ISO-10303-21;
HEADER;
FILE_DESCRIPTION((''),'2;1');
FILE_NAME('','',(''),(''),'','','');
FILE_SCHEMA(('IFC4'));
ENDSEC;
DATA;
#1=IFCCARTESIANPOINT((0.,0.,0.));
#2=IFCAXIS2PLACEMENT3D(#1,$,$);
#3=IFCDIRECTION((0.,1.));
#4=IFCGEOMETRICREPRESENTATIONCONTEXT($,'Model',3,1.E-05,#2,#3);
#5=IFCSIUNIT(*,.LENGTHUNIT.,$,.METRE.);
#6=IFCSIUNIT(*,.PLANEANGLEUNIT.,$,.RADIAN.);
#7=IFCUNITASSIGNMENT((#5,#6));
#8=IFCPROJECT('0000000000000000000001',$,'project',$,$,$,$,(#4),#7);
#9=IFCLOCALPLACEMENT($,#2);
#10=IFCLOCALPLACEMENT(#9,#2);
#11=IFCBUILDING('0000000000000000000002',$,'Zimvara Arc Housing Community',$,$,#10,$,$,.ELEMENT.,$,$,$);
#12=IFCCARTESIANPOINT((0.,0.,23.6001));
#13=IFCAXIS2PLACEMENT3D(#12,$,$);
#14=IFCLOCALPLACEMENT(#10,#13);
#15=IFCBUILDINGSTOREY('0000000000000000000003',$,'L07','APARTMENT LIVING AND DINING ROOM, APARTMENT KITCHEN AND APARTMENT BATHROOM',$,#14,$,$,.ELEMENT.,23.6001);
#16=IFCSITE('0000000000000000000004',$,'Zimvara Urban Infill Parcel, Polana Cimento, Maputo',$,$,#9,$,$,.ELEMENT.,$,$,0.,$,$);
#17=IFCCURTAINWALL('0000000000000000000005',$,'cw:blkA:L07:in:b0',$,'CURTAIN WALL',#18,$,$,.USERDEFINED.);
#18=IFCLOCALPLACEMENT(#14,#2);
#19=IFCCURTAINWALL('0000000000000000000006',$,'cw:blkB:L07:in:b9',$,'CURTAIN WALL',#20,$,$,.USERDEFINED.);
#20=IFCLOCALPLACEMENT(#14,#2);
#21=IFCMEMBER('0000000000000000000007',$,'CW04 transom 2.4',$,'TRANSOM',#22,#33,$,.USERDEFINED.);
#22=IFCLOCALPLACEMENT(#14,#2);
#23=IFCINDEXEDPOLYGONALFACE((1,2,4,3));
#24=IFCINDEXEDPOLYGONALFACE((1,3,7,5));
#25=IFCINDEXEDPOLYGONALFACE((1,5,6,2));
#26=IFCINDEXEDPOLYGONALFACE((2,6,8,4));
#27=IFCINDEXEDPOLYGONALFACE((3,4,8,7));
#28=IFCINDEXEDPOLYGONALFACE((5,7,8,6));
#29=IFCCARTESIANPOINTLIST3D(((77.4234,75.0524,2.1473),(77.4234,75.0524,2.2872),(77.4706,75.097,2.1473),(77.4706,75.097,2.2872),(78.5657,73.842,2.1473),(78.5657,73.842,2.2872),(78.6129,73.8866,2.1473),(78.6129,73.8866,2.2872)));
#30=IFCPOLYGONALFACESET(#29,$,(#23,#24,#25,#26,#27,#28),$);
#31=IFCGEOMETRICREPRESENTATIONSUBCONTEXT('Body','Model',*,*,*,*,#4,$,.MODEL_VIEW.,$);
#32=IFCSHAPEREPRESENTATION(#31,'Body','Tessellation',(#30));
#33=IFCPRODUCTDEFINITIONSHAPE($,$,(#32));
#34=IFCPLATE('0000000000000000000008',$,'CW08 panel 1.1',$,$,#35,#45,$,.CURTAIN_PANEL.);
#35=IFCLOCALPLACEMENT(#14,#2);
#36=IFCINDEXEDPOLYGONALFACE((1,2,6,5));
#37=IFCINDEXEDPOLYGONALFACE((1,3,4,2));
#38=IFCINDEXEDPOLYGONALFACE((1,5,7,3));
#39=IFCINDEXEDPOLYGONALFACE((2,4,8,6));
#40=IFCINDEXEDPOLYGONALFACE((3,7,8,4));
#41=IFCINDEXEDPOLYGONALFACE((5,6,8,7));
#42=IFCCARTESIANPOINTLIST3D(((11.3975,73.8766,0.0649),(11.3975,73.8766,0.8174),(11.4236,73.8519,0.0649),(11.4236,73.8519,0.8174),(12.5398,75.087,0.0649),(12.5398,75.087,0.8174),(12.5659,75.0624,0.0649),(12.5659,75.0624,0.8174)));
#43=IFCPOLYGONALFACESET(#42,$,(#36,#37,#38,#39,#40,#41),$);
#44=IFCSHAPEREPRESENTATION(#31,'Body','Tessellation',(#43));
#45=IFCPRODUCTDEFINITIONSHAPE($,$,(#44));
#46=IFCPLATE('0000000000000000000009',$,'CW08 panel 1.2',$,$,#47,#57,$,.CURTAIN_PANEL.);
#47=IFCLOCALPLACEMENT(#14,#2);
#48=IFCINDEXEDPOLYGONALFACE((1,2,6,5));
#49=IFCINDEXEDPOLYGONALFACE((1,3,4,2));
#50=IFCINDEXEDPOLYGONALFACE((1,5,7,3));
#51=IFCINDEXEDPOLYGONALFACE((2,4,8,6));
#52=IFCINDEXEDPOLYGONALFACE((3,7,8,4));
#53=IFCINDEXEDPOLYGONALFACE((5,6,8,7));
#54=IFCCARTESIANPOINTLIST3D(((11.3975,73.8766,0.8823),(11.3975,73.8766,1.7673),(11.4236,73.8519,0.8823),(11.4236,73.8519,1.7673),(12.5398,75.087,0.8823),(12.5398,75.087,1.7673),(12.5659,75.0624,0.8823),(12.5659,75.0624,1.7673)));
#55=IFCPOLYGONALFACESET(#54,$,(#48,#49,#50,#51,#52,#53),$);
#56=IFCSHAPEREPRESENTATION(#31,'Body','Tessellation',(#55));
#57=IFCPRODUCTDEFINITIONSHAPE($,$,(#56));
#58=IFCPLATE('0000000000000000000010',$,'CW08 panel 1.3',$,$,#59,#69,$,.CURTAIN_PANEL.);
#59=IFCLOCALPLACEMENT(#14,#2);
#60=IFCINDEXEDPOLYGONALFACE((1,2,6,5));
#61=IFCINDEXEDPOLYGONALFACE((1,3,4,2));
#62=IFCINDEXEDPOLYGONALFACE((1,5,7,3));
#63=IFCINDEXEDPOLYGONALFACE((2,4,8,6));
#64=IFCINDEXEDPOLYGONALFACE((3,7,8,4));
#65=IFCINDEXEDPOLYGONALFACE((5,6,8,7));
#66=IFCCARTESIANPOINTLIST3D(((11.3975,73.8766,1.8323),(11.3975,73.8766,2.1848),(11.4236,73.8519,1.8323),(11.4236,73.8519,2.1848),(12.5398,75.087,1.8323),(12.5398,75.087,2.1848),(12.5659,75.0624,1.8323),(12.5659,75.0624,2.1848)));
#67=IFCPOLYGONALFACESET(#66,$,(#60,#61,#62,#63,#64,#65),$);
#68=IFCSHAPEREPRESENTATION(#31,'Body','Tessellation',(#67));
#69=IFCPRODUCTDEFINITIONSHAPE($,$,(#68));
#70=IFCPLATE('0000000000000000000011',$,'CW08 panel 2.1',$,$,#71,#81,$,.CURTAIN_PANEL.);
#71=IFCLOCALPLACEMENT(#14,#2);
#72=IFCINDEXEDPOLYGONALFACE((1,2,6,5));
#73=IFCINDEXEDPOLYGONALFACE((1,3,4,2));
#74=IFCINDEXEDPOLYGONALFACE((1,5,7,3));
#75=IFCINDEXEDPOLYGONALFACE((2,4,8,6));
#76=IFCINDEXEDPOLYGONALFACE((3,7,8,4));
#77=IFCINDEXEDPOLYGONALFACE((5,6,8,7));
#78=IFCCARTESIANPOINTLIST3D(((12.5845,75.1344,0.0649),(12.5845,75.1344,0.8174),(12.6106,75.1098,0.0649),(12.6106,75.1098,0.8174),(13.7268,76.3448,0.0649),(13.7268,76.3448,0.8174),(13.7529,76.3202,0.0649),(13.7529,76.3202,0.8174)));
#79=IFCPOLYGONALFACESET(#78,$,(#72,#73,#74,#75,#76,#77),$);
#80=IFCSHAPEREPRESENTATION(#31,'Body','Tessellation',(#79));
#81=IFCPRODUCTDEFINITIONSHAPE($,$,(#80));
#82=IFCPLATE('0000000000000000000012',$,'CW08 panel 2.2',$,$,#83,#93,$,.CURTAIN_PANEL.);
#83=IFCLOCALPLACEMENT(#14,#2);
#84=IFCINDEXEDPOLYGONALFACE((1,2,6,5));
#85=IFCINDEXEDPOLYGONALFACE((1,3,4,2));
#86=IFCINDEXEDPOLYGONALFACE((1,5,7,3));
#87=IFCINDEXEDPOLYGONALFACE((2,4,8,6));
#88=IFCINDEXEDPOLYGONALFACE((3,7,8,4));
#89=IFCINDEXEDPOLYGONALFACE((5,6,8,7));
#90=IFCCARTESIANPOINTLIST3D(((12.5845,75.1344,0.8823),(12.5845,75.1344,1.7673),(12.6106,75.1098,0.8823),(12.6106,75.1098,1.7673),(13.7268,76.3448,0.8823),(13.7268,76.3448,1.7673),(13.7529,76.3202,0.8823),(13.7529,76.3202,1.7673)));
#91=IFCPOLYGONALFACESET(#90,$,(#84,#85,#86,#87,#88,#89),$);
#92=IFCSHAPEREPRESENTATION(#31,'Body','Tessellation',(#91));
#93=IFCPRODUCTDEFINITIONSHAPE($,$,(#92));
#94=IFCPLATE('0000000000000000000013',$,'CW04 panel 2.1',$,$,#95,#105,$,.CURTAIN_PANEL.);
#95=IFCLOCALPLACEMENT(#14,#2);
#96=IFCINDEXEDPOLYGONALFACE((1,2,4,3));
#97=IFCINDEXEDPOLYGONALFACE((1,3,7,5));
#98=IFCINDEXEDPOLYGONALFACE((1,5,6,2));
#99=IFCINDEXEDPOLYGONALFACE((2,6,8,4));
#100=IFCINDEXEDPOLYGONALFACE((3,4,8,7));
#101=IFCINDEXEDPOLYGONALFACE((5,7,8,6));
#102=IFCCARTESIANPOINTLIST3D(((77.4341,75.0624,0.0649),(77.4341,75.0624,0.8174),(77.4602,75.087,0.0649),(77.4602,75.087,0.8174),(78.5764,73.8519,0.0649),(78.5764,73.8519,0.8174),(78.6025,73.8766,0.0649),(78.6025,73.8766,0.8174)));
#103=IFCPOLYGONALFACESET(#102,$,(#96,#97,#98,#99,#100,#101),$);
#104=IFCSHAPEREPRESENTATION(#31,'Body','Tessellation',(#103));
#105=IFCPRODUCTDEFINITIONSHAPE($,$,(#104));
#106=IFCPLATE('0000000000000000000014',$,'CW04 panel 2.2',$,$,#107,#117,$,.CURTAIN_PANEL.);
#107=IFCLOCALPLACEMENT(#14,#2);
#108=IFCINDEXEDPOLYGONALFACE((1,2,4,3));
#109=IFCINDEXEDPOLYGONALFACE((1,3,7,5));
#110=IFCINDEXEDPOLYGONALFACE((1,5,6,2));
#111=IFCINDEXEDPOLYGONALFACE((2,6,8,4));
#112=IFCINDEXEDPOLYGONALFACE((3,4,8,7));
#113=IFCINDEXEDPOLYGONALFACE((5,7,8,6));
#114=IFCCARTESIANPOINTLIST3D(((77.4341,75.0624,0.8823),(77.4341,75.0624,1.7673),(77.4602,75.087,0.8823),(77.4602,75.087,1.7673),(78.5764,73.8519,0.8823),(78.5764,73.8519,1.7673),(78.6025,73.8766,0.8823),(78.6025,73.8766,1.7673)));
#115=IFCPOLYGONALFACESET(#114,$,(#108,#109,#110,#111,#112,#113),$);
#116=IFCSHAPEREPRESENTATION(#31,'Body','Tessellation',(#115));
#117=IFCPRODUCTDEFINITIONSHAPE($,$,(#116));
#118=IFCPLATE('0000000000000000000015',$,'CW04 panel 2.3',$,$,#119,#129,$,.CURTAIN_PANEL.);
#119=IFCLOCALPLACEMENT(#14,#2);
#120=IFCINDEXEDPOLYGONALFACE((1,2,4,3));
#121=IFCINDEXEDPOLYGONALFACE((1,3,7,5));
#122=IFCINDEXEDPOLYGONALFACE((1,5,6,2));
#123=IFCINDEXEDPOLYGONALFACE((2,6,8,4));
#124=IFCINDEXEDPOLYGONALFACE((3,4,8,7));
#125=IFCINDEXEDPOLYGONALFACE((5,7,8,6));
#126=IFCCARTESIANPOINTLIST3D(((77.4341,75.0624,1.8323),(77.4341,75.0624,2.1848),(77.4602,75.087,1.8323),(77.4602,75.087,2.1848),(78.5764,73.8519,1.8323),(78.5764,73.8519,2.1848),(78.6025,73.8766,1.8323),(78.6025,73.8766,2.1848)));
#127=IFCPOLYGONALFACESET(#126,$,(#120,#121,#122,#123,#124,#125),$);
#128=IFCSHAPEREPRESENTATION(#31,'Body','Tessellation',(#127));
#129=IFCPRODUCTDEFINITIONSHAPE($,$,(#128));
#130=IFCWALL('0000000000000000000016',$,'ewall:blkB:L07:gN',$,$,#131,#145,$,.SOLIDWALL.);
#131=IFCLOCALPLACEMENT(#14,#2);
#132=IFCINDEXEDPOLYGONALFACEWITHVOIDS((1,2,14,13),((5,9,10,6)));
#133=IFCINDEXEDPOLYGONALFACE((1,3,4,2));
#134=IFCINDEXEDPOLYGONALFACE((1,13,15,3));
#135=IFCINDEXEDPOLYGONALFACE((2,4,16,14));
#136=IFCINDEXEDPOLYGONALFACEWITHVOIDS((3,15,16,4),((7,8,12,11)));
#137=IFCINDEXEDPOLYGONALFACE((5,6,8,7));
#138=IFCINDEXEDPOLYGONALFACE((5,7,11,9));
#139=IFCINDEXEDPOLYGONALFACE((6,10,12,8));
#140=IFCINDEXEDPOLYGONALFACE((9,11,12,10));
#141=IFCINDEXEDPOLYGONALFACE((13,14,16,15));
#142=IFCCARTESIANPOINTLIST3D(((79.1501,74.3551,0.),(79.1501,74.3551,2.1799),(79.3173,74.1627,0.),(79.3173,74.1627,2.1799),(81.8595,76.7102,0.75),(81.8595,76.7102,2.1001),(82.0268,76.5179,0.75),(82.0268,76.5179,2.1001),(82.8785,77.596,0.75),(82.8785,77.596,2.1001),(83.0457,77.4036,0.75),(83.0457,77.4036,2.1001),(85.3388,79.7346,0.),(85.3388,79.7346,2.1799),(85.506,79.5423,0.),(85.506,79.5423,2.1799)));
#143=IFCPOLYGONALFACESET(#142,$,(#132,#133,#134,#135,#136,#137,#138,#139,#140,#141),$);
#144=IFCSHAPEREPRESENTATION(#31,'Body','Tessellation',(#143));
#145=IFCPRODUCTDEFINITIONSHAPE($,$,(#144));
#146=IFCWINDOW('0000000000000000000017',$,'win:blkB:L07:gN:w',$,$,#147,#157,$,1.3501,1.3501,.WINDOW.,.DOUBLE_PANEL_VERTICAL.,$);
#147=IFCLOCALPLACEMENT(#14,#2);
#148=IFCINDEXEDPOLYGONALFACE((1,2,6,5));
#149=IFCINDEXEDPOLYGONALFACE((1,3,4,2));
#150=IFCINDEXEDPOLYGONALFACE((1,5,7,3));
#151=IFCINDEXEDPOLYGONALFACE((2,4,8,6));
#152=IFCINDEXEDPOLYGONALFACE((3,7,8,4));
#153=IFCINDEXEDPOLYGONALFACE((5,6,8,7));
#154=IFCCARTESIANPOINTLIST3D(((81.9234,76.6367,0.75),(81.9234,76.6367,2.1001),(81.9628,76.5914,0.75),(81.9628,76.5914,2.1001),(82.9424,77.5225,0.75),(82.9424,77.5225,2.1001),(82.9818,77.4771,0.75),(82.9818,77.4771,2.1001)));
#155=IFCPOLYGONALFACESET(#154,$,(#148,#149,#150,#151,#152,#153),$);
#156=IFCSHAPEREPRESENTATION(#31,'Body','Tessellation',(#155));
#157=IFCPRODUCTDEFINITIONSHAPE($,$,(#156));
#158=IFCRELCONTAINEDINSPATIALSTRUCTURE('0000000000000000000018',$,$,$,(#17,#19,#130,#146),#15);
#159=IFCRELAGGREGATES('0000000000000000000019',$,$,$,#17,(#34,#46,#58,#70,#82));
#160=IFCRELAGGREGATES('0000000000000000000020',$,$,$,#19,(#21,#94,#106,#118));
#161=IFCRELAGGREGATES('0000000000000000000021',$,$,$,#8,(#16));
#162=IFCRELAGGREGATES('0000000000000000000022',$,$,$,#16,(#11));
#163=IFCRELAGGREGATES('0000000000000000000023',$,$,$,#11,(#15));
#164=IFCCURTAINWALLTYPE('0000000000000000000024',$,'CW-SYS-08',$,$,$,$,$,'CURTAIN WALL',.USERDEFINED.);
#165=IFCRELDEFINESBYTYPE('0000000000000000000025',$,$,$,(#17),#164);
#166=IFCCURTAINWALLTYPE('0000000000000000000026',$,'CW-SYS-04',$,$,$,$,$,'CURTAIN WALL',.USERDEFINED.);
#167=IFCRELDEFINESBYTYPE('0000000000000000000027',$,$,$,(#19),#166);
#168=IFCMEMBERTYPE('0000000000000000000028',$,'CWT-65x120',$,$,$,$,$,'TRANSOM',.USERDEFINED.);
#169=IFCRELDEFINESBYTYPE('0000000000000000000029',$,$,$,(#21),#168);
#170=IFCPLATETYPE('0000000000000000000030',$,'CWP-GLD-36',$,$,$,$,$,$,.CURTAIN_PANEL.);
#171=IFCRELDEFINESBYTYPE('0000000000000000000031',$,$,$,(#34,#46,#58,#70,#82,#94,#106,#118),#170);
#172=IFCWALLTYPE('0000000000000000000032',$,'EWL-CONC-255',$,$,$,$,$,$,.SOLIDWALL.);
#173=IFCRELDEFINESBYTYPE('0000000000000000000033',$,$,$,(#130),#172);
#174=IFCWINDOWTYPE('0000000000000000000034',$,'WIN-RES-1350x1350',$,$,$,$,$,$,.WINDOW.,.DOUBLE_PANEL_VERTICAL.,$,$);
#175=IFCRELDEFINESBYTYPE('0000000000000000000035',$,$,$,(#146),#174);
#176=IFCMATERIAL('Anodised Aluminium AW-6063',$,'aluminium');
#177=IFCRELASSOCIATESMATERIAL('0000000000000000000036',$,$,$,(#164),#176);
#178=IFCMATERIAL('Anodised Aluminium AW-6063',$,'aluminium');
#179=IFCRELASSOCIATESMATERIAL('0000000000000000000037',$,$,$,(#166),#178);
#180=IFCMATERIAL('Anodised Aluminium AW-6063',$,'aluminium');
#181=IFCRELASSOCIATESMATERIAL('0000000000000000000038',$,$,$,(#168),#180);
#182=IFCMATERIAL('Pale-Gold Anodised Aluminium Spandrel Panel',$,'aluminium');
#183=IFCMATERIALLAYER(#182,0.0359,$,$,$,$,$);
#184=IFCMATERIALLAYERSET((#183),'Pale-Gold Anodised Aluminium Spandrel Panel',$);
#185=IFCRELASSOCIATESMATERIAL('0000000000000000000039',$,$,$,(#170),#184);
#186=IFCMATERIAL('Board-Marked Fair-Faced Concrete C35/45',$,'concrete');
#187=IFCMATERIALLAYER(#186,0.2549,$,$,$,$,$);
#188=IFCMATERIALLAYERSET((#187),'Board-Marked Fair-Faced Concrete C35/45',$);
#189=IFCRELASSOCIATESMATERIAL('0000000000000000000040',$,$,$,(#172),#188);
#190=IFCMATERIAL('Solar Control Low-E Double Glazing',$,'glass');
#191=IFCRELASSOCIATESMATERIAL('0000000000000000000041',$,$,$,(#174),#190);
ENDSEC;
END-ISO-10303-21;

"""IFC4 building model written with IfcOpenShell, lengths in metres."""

from ifc_helpers import new_model, si_unit, direction, frame, frame_2d, origin, origin_2d, place, context, subcontext, project, spatial, rectangle, extrude, material, layer, layer_set, material_profile, profile_set, type_object, element, fill, aggregate, save


model = new_model("IFC4")

# Units and contexts
model_context = context("Model", 3, precision=1e-05, world=origin(), true_north=direction((0.0, 1.0)))
body_context = subcontext(model_context, "Body", "Model", "MODEL_VIEW")
ifc_project = project(units=[si_unit("LENGTHUNIT", "METRE"), si_unit("PLANEANGLEUNIT", "RADIAN")], contexts=[model_context])

# Site, building, storey
site_placement = place(None, origin())
site = spatial("IfcSite", under=ifc_project, at=site_placement, Name="Zimvara Urban Infill Parcel, Polana Cimento, Maputo", CompositionType="ELEMENT", RefElevation=0.0)
building_placement = place(site_placement, origin())
building = spatial("IfcBuilding", under=site, at=building_placement, Name="Zimvara Arc Housing Community", CompositionType="ELEMENT")
storey_placement = place(building_placement, frame((0.0, 0.0, 23.6001)))
storey = spatial("IfcBuildingStorey", under=building, at=storey_placement, Name="L07", Description="APARTMENT LIVING AND DINING ROOM, APARTMENT KITCHEN AND APARTMENT BATHROOM", CompositionType="ELEMENT", Elevation=23.6001)

# Curtain wall
ifc_material_1 = material(Name="Anodised Aluminium AW-6063", Category="aluminium")
curtain_wall_type_1 = type_object("IfcCurtainWallType", Name="CW-SYS-08", ElementType="CURTAIN WALL", PredefinedType="USERDEFINED", material=ifc_material_1)
curtain_wall_1_placement = place(storey_placement, origin())
curtain_wall_1 = element("IfcCurtainWall", 1, at=curtain_wall_1_placement, inside=storey, type_object=curtain_wall_type_1, Name="cw:blkA:L07:in:b0", ObjectType="CURTAIN WALL", PredefinedType="USERDEFINED")

# Curtain wall
ifc_material_2 = material(Name="Anodised Aluminium AW-6063", Category="aluminium")
curtain_wall_type_2 = type_object("IfcCurtainWallType", Name="CW-SYS-04", ElementType="CURTAIN WALL", PredefinedType="USERDEFINED", material=ifc_material_2)
curtain_wall_2_placement = place(storey_placement, origin())
curtain_wall_2 = element("IfcCurtainWall", 2, at=curtain_wall_2_placement, inside=storey, type_object=curtain_wall_type_2, Name="cw:blkB:L07:in:b9", ObjectType="CURTAIN WALL", PredefinedType="USERDEFINED")

# Member
ifc_material_3 = material(Name="Anodised Aluminium AW-6063", Category="aluminium")
ifc_material_profile_1 = material_profile(ifc_material_3, rectangle(XDim=0.0649, YDim=0.1399, at=origin_2d()), Name="ALU 65x140")
ifc_profile_set_1 = profile_set([ifc_material_profile_1], Name="Anodised Aluminium AW-6063")
member_type_1 = type_object("IfcMemberType", Name="CWT-65x120", ElementType="TRANSOM", PredefinedType="USERDEFINED", material=ifc_profile_set_1)
member_1_placement = place(storey_placement, frame((77.447, 75.0747, 2.2173), z_axis=(0.686348, -0.727273, 0.0), x_axis=(0.727273, 0.686348, 0.0)))
member_1 = element("IfcMember", 3, at=member_1_placement, type_object=member_type_1, Name="CW04 transom 2.4", ObjectType="TRANSOM", PredefinedType="USERDEFINED", context=body_context, shape_type="SweptSolid", body=[
    extrude(rectangle(XDim=0.0649, YDim=0.1399, at=origin_2d()), origin(), (0.0, 0.0, 1.0), 1.6643),
])

# Plates
ifc_material_4 = material(Name="Pale-Gold Anodised Aluminium Spandrel Panel", Category="aluminium")
ifc_layer_1 = layer(ifc_material_4, 0.0359)
ifc_layer_set_1 = layer_set([ifc_layer_1], Name="Pale-Gold Anodised Aluminium Spandrel Panel")
plate_type = type_object("IfcPlateType", Name="CWP-GLD-36", PredefinedType="CURTAIN_PANEL", material=ifc_layer_set_1)
plate_1_placement = place(storey_placement, frame((11.9817, 74.4695, 0.0649), z_axis=(0.0, 0.0, 1.0), x_axis=(0.686327, 0.727293, 0.0)))
plate_1 = element("IfcPlate", 4, at=plate_1_placement, type_object=plate_type, Name="CW08 panel 1.1", PredefinedType="CURTAIN_PANEL", context=body_context, shape_type="SweptSolid", body=[
    extrude(rectangle(XDim=1.6643, YDim=0.0359, at=origin_2d()), origin(), (0.0, 0.0, 1.0), 0.7524),
])
plate_2_placement = place(storey_placement, frame((11.9817, 74.4695, 0.8823), z_axis=(0.0, 0.0, 1.0), x_axis=(0.686327, 0.727293, 0.0)))
plate_2 = element("IfcPlate", 5, at=plate_2_placement, type_object=plate_type, Name="CW08 panel 1.2", PredefinedType="CURTAIN_PANEL", context=body_context, shape_type="SweptSolid", body=[
    extrude(rectangle(XDim=1.6643, YDim=0.0359, at=origin_2d()), origin(), (0.0, 0.0, 1.0), 0.885),
])
plate_3_placement = place(storey_placement, frame((11.9817, 74.4695, 1.8323), z_axis=(0.0, 0.0, 1.0), x_axis=(0.686327, 0.727293, 0.0)))
plate_3 = element("IfcPlate", 6, at=plate_3_placement, type_object=plate_type, Name="CW08 panel 1.3", PredefinedType="CURTAIN_PANEL", context=body_context, shape_type="SweptSolid", body=[
    extrude(rectangle(XDim=1.6643, YDim=0.0359, at=origin_2d()), origin(), (0.0, 0.0, 1.0), 0.3525),
])
plate_4_placement = place(storey_placement, frame((13.1687, 75.7273, 0.0649), z_axis=(0.0, 0.0, 1.0), x_axis=(0.686327, 0.727293, 0.0)))
plate_4 = element("IfcPlate", 7, at=plate_4_placement, type_object=plate_type, Name="CW08 panel 2.1", PredefinedType="CURTAIN_PANEL", context=body_context, shape_type="SweptSolid", body=[
    extrude(rectangle(XDim=1.6643, YDim=0.0359, at=origin_2d()), origin(), (0.0, 0.0, 1.0), 0.7524),
])
plate_5_placement = place(storey_placement, frame((13.1687, 75.7273, 0.8823), z_axis=(0.0, 0.0, 1.0), x_axis=(0.686327, 0.727293, 0.0)))
plate_5 = element("IfcPlate", 8, at=plate_5_placement, type_object=plate_type, Name="CW08 panel 2.2", PredefinedType="CURTAIN_PANEL", context=body_context, shape_type="SweptSolid", body=[
    extrude(rectangle(XDim=1.6643, YDim=0.0359, at=origin_2d()), origin(), (0.0, 0.0, 1.0), 0.885),
])
aggregate(curtain_wall_1, [plate_1, plate_2, plate_3, plate_4, plate_5])
plate_6_placement = place(storey_placement, frame((78.0183, 74.4695, 0.0649), z_axis=(0.0, 0.0, 1.0), x_axis=(0.686327, -0.727293, 0.0)))
plate_6 = element("IfcPlate", 9, at=plate_6_placement, type_object=plate_type, Name="CW04 panel 2.1", PredefinedType="CURTAIN_PANEL", context=body_context, shape_type="SweptSolid", body=[
    extrude(rectangle(XDim=1.6643, YDim=0.0359, at=origin_2d()), origin(), (0.0, 0.0, 1.0), 0.7524),
])
plate_7_placement = place(storey_placement, frame((78.0183, 74.4695, 0.8823), z_axis=(0.0, 0.0, 1.0), x_axis=(0.686327, -0.727293, 0.0)))
plate_7 = element("IfcPlate", 10, at=plate_7_placement, type_object=plate_type, Name="CW04 panel 2.2", PredefinedType="CURTAIN_PANEL", context=body_context, shape_type="SweptSolid", body=[
    extrude(rectangle(XDim=1.6643, YDim=0.0359, at=origin_2d()), origin(), (0.0, 0.0, 1.0), 0.885),
])
plate_8_placement = place(storey_placement, frame((78.0183, 74.4695, 1.8323), z_axis=(0.0, 0.0, 1.0), x_axis=(0.686327, -0.727293, 0.0)))
plate_8 = element("IfcPlate", 11, at=plate_8_placement, type_object=plate_type, Name="CW04 panel 2.3", PredefinedType="CURTAIN_PANEL", context=body_context, shape_type="SweptSolid", body=[
    extrude(rectangle(XDim=1.6643, YDim=0.0359, at=origin_2d()), origin(), (0.0, 0.0, 1.0), 0.3525),
])
aggregate(curtain_wall_2, [member_1, plate_6, plate_7, plate_8])

# Wall, opening, window
ifc_material_5 = material(Name="Board-Marked Fair-Faced Concrete C35/45", Category="concrete")
ifc_layer_2 = layer(ifc_material_5, 0.2549)
ifc_layer_set_2 = layer_set([ifc_layer_2], Name="Board-Marked Fair-Faced Concrete C35/45")
wall_type_1 = type_object("IfcWallType", Name="EWL-CONC-255", PredefinedType="SOLIDWALL", material=ifc_layer_set_2)
wall_1_placement = place(storey_placement, frame((79.2336, 74.2588, 0.0), z_axis=(0.0, 0.0, 1.0), x_axis=(0.754718, 0.65605, 0.0)))
wall_1 = element("IfcWall", 12, at=wall_1_placement, inside=storey, type_object=wall_type_1, Name="ewall:blkB:L07:gN", PredefinedType="SOLIDWALL", context=body_context, shape_type="SweptSolid", body=[
    extrude(rectangle(XDim=8.2, YDim=0.2549, at=frame_2d((4.1001, 0.0))), origin(), (0.0, 0.0, 1.0), 2.1799),
])
opening_1_placement = place(wall_1_placement, frame((3.5901, 0.0, 0.75)))
opening_1 = element("IfcOpeningElement", 13, at=opening_1_placement, cuts=wall_1, PredefinedType="OPENING", context=body_context, shape_type="SweptSolid", body=[
    extrude(rectangle(XDim=1.3501, YDim=1.3501, at=frame_2d((0.675, 0.675))), frame((0.0, 0.1375, 0.0), z_axis=(0.0, -1.0, 0.0), x_axis=(1.0, 0.0, 0.0)), (0.0, 0.0, 1.0), 0.2749),
])
ifc_material_6 = material(Name="Solar Control Low-E Double Glazing", Category="glass")
window_type = type_object("IfcWindowType", Name="WIN-RES-1350x1350", PartitioningType="DOUBLE_PANEL_VERTICAL", PredefinedType="WINDOW", material=ifc_material_6)
window_placement = place(opening_1_placement, origin())
window = element("IfcWindow", 14, at=window_placement, inside=storey, type_object=window_type, Name="win:blkB:L07:gN:w", OverallHeight=1.3501, OverallWidth=1.3501, PartitioningType="DOUBLE_PANEL_VERTICAL", PredefinedType="WINDOW", context=body_context, shape_type="SweptSolid", body=[
    extrude(rectangle(XDim=1.3501, YDim=1.3501, at=frame_2d((0.675, 0.675))), frame((0.0, 0.03, 0.0), z_axis=(0.0, -1.0, 0.0), x_axis=(1.0, 0.0, 0.0)), (0.0, 0.0, 1.0), 0.0601),
])
fill(opening_1, window)

save(model, "model.ifc")
